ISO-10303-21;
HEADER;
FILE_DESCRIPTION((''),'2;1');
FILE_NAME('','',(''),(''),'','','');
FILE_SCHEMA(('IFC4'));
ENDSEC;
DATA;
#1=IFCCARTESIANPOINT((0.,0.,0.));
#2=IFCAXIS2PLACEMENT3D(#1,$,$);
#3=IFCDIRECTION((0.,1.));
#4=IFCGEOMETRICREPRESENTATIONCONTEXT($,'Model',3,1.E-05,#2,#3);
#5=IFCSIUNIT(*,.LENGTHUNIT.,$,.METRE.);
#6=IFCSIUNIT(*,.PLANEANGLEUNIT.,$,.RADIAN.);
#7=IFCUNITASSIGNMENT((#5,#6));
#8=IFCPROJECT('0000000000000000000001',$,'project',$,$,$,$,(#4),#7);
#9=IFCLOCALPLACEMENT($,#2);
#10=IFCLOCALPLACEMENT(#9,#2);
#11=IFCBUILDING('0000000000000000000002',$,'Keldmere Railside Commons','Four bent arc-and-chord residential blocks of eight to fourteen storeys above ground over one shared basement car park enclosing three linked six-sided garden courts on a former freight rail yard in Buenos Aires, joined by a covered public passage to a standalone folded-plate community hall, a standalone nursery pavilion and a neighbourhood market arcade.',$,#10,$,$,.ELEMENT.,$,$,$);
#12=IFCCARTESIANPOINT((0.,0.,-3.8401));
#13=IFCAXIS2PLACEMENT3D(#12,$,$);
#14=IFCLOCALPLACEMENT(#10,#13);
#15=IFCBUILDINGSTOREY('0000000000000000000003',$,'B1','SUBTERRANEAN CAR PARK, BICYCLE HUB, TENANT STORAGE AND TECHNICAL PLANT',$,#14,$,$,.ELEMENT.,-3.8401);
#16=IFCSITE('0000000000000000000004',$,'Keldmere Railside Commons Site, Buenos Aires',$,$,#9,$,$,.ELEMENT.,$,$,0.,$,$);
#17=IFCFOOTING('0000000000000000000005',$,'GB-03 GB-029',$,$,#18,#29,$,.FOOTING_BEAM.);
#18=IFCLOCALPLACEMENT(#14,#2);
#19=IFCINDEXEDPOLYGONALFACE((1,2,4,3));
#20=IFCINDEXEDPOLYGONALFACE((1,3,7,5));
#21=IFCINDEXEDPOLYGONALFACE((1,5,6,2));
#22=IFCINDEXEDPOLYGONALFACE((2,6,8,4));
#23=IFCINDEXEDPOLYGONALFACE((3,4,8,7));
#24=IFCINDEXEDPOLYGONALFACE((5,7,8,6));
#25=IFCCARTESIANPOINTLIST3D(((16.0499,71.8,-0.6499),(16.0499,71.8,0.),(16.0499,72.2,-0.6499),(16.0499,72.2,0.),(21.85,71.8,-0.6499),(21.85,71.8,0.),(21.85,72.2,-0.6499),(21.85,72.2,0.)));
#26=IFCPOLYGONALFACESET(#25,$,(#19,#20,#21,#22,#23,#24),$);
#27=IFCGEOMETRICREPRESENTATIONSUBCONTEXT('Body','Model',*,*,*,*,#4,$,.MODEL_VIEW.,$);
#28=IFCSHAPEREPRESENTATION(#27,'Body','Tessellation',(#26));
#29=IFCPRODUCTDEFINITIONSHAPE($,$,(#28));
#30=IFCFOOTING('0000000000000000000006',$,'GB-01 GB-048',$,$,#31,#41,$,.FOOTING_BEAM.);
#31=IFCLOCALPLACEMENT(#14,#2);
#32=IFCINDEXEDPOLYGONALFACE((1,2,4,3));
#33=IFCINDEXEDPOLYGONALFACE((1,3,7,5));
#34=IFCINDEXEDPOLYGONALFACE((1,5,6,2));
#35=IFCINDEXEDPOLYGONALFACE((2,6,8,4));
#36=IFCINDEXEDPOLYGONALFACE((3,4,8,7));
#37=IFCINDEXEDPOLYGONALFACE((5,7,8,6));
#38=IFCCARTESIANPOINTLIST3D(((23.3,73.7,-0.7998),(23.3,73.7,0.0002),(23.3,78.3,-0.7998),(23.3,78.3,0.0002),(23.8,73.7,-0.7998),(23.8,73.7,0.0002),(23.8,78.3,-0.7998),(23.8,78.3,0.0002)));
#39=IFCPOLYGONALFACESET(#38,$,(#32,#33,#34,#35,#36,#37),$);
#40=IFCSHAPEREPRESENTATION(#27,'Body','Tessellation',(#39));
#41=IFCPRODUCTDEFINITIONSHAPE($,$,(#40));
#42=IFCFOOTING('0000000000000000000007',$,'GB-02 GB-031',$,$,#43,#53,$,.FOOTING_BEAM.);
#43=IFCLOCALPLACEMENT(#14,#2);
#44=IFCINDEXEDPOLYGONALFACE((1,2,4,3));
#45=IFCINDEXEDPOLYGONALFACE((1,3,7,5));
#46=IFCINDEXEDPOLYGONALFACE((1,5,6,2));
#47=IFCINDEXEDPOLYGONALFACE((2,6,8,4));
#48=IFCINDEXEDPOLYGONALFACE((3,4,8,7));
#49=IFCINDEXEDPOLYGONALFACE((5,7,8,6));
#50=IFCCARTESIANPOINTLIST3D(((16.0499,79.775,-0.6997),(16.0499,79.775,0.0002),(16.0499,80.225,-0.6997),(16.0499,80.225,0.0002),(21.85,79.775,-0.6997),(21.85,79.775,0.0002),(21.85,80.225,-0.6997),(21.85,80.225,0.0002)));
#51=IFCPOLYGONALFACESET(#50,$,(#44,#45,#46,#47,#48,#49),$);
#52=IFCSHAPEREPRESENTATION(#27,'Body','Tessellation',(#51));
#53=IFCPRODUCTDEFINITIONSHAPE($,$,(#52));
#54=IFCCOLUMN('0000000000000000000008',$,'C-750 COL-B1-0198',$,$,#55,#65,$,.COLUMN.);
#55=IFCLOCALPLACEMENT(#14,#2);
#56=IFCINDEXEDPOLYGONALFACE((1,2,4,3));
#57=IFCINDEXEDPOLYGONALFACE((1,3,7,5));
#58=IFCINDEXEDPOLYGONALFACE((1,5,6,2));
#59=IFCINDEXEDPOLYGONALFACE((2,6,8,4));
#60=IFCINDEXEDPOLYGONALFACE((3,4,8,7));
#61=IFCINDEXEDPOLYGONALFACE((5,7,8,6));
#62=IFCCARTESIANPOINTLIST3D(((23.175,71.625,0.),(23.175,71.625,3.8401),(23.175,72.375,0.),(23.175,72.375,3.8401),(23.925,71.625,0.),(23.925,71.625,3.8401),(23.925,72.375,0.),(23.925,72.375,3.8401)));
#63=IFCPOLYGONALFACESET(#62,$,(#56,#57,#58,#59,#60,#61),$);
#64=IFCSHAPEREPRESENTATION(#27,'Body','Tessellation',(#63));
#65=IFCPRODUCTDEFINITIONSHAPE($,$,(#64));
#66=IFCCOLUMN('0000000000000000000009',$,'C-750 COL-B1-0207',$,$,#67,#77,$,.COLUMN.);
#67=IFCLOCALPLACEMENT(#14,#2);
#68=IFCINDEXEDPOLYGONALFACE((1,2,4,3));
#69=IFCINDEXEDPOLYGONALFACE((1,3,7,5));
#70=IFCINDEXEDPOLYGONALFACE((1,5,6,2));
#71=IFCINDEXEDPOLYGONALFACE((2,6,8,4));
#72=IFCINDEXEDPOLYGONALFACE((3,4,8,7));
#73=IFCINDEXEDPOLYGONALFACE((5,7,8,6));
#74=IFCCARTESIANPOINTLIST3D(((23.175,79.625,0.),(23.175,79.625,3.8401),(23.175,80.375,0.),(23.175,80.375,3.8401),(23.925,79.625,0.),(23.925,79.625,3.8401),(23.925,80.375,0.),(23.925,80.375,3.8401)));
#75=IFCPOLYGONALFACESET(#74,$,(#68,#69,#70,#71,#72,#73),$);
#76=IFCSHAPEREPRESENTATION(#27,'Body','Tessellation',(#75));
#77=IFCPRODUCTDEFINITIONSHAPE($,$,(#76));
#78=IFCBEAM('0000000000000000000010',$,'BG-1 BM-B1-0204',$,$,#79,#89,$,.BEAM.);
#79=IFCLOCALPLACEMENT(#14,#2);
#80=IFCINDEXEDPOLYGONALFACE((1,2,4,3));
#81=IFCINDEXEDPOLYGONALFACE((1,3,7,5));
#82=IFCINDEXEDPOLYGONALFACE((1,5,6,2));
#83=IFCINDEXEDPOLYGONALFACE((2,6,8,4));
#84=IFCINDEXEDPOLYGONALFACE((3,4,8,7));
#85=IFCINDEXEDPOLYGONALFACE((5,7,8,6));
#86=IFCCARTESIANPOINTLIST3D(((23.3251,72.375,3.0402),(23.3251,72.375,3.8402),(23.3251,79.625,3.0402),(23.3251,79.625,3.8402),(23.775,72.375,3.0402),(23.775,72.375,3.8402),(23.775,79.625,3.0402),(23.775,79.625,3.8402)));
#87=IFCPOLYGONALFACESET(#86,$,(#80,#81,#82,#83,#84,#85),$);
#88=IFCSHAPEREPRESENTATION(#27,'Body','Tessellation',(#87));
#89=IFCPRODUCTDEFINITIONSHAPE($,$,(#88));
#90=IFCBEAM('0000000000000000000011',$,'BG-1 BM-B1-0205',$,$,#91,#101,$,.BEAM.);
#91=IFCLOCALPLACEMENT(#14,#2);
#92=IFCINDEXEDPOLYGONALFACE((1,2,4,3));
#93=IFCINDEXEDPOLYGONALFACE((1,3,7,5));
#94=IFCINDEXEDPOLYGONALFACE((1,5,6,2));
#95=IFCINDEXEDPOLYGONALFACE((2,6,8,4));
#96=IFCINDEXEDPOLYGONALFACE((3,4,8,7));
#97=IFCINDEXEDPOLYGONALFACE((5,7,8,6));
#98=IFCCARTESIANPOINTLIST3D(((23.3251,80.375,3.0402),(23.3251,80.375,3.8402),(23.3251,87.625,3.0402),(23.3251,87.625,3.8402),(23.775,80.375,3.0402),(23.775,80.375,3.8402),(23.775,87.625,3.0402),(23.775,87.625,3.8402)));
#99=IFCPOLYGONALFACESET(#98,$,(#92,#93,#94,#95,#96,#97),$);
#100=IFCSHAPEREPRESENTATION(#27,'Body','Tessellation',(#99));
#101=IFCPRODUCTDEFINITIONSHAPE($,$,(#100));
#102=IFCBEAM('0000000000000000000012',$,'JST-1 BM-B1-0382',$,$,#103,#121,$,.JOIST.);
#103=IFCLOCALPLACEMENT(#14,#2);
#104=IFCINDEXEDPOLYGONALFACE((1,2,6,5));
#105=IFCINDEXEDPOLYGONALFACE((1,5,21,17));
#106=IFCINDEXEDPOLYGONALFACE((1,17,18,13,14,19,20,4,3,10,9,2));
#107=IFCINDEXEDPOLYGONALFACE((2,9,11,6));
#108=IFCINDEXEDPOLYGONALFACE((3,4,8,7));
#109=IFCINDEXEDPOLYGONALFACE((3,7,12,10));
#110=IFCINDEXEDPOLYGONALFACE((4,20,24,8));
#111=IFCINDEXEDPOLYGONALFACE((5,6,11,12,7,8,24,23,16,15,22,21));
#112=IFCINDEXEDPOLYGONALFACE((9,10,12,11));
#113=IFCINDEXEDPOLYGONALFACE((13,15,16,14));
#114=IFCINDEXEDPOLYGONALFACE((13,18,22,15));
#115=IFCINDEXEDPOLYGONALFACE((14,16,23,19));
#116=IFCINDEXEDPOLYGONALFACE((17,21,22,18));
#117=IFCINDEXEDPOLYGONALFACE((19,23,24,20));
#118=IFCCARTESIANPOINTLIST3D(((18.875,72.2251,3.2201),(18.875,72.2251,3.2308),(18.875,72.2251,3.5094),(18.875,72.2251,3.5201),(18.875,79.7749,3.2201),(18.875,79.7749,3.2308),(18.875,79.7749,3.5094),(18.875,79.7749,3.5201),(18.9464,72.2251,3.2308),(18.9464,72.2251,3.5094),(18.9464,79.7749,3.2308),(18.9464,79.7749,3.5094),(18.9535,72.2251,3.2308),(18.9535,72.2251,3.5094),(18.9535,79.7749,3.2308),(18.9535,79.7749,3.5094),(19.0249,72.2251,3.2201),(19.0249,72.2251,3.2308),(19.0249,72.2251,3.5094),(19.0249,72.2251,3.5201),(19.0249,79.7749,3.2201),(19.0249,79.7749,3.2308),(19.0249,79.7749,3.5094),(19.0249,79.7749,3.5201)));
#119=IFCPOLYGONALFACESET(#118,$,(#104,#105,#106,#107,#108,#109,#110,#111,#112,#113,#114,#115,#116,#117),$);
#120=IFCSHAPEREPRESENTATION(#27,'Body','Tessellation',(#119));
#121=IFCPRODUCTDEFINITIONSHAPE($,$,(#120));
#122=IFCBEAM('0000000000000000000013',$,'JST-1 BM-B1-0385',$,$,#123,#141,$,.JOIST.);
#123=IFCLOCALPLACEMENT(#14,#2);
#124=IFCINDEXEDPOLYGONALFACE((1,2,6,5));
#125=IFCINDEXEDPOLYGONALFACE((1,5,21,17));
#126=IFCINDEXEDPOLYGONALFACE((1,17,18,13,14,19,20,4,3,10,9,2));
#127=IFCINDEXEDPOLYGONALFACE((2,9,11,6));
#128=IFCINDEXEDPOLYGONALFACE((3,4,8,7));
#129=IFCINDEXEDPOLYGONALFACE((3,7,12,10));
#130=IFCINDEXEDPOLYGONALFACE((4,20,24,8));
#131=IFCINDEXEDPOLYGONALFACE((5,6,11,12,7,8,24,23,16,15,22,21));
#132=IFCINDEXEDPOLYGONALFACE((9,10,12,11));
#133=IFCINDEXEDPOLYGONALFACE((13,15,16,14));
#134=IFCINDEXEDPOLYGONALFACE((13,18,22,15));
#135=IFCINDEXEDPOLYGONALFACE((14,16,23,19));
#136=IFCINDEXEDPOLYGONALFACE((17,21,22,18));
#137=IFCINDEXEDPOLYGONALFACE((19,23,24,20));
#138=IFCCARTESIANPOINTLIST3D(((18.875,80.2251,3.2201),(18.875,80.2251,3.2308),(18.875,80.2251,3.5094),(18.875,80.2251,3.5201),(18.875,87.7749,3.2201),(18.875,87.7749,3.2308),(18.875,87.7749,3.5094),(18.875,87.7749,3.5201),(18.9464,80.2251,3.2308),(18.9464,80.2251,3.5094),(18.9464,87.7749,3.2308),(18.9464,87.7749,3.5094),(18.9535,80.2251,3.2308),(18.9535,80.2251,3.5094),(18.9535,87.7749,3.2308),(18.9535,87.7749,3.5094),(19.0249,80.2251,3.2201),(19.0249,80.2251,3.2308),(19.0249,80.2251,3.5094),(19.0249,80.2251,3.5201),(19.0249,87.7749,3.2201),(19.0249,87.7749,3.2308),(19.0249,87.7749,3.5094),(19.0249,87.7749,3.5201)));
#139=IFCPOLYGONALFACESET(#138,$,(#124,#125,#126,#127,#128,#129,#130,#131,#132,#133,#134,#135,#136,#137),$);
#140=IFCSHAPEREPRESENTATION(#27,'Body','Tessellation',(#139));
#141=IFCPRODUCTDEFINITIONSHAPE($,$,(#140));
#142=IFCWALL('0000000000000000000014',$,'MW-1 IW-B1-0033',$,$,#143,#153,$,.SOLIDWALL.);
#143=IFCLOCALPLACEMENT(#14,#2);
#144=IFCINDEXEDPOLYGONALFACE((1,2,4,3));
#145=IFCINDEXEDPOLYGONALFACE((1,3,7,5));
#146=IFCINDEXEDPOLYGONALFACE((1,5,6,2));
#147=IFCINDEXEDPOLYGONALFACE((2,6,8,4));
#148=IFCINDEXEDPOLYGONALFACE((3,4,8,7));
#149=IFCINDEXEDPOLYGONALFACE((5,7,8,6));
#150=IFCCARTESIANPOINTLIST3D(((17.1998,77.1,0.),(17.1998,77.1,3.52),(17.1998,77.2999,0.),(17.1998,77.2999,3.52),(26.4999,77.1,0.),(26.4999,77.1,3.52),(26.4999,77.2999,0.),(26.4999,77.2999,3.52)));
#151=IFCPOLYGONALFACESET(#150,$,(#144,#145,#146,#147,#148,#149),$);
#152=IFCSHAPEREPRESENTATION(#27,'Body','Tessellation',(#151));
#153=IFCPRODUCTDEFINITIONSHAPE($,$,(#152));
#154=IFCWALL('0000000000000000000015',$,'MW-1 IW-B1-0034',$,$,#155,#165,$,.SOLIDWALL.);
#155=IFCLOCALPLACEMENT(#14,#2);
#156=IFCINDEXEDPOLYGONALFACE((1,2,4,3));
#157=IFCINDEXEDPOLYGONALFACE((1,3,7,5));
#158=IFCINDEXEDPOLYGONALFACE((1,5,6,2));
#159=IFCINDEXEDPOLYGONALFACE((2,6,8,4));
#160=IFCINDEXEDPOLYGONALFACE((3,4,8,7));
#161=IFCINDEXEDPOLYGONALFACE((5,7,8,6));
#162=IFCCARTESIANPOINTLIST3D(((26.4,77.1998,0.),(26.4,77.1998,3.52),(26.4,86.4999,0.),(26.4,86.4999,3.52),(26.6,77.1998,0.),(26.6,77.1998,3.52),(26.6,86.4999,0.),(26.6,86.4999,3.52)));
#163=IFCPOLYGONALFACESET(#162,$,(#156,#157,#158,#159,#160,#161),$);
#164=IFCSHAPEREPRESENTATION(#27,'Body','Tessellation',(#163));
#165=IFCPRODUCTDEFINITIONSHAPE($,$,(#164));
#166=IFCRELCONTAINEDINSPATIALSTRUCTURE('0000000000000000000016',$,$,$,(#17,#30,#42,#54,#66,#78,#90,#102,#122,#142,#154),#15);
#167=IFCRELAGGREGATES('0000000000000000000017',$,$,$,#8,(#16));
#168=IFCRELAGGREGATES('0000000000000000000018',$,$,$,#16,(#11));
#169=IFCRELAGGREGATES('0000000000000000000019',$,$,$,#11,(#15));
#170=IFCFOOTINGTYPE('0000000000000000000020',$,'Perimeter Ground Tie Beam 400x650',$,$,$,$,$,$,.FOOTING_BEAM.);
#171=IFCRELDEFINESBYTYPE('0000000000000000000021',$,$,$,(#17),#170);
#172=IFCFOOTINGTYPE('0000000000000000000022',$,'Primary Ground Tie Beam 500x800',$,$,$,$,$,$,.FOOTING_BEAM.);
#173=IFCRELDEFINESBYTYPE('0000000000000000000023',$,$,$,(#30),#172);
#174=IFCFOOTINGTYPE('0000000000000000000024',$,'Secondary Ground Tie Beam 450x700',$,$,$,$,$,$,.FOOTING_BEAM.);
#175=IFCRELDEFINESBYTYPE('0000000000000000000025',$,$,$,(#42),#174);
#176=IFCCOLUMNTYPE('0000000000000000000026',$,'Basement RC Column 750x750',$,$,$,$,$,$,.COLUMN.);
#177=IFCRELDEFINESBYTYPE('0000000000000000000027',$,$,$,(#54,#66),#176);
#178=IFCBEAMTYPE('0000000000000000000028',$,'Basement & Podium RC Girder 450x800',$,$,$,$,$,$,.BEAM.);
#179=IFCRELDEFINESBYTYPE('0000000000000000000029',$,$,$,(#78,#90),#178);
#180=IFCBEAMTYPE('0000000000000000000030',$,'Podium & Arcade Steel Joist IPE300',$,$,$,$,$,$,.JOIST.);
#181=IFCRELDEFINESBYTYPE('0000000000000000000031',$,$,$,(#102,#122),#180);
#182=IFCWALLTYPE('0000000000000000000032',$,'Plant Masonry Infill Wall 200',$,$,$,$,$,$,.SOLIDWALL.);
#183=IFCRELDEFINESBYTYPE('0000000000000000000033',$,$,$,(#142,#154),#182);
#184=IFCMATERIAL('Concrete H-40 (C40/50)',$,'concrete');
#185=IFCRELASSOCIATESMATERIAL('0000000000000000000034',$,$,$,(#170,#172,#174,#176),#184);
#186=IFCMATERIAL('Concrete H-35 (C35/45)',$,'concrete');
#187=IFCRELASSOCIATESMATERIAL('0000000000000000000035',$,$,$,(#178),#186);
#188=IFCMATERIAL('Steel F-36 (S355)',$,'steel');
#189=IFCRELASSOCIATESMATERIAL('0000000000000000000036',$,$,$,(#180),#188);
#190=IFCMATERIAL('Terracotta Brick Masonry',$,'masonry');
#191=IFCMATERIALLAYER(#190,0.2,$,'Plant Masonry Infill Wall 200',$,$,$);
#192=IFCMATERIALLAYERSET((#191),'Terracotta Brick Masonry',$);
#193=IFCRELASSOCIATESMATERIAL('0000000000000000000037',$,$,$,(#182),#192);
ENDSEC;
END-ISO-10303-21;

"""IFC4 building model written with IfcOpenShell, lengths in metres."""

from ifc_helpers import new_model, si_unit, direction, frame, frame_2d, origin, origin_2d, place, context, subcontext, project, spatial, rectangle, i_section, extrude, material, layer, layer_set, material_profile, profile_set, type_object, element, save


model = new_model("IFC4")

# Units and contexts
model_context = context("Model", 3, precision=1e-05, world=origin(), true_north=direction((0.0, 1.0)))
body_context = subcontext(model_context, "Body", "Model", "MODEL_VIEW")
ifc_project = project(units=[si_unit("LENGTHUNIT", "METRE"), si_unit("PLANEANGLEUNIT", "RADIAN")], contexts=[model_context])

# Site, building, storey
site_placement = place(None, origin())
site = spatial("IfcSite", under=ifc_project, at=site_placement, Name="Keldmere Railside Commons Site, Buenos Aires", CompositionType="ELEMENT", RefElevation=0.0)
building_placement = place(site_placement, origin())
building = spatial("IfcBuilding", under=site, at=building_placement, Name="Keldmere Railside Commons", Description="Four bent arc-and-chord residential blocks of eight to fourteen storeys above ground over one shared basement car park enclosing three linked six-sided garden courts on a former freight rail yard in Buenos Aires, joined by a covered public passage to a standalone folded-plate community hall, a standalone nursery pavilion and a neighbourhood market arcade.", CompositionType="ELEMENT")
storey_placement = place(building_placement, frame((0.0, 0.0, -3.8401)))
storey = spatial("IfcBuildingStorey", under=building, at=storey_placement, Name="B1", Description="SUBTERRANEAN CAR PARK, BICYCLE HUB, TENANT STORAGE AND TECHNICAL PLANT", CompositionType="ELEMENT", Elevation=-3.8401)

# Footings
ifc_material_1 = material(Name="Concrete H-40 (C40/50)", Category="concrete")
footing_type_1 = type_object("IfcFootingType", Name="Perimeter Ground Tie Beam 400x650", PredefinedType="FOOTING_BEAM", material=ifc_material_1)
footing_1_placement = place(storey_placement, frame((18.95, 72.0, -0.6499), z_axis=(0.0, 0.0, 1.0), x_axis=(1.0, 0.0, 0.0)))
element("IfcFooting", 1, at=footing_1_placement, inside=storey, type_object=footing_type_1, Name="GB-03 GB-029", PredefinedType="FOOTING_BEAM", context=body_context, shape_type="SweptSolid", body=[
    extrude(rectangle(XDim=5.8, YDim=0.3999, at=origin_2d()), origin(), (0.0, 0.0, 1.0), 0.6499),
])
footing_type_2 = type_object("IfcFootingType", Name="Primary Ground Tie Beam 500x800", PredefinedType="FOOTING_BEAM", material=ifc_material_1)
footing_2_placement = place(storey_placement, frame((23.55, 76.0, -0.7998), z_axis=(0.0, 0.0, 1.0), x_axis=(0.0, 1.0, 0.0)))
element("IfcFooting", 2, at=footing_2_placement, inside=storey, type_object=footing_type_2, Name="GB-01 GB-048", PredefinedType="FOOTING_BEAM", context=body_context, shape_type="SweptSolid", body=[
    extrude(rectangle(XDim=4.6001, YDim=0.5, at=origin_2d()), origin(), (0.0, 0.0, 1.0), 0.8),
])
footing_type_3 = type_object("IfcFootingType", Name="Secondary Ground Tie Beam 450x700", PredefinedType="FOOTING_BEAM", material=ifc_material_1)
footing_3_placement = place(storey_placement, frame((18.95, 80.0, -0.6997), z_axis=(0.0, 0.0, 1.0), x_axis=(1.0, 0.0, 0.0)))
element("IfcFooting", 3, at=footing_3_placement, inside=storey, type_object=footing_type_3, Name="GB-02 GB-031", PredefinedType="FOOTING_BEAM", context=body_context, shape_type="SweptSolid", body=[
    extrude(rectangle(XDim=5.8, YDim=0.45, at=origin_2d()), origin(), (0.0, 0.0, 1.0), 0.7),
])

# Columns
ifc_material_profile_1 = material_profile(ifc_material_1, rectangle(XDim=0.75, YDim=0.75, at=origin_2d()), Name="RC-750x750")
ifc_profile_set_1 = profile_set([ifc_material_profile_1], Name="Concrete H-40 (C40/50)")
column_type = type_object("IfcColumnType", Name="Basement RC Column 750x750", PredefinedType="COLUMN", material=ifc_profile_set_1)
for number, where, z_axis, x_axis, name in (
    (4, (23.55, 72.0, 0.0), (0.0, 0.0, 1.0), (1.0, 0.0, 0.0), "C-750 COL-B1-0198"),
    (5, (23.55, 80.0, 0.0), (0.0, 0.0, 1.0), (1.0, 0.0, 0.0), "C-750 COL-B1-0207"),
):
    element("IfcColumn", number, at=place(storey_placement, frame(where, z_axis=z_axis, x_axis=x_axis)), inside=storey, type_object=column_type, Name=name, PredefinedType="COLUMN", context=body_context, shape_type="SweptSolid", body=[
        extrude(rectangle(XDim=0.75, YDim=0.75, at=origin_2d()), origin(), (0.0, 0.0, 1.0), 3.8401),
    ])

# Beams
ifc_material_2 = material(Name="Concrete H-35 (C35/45)", Category="concrete")
ifc_material_profile_2 = material_profile(ifc_material_2, rectangle(XDim=0.45, YDim=0.8, at=origin_2d()), Name="RC-450x800")
ifc_profile_set_2 = profile_set([ifc_material_profile_2], Name="Concrete H-35 (C35/45)")
beam_type_1 = type_object("IfcBeamType", Name="Basement & Podium RC Girder 450x800", PredefinedType="BEAM", material=ifc_profile_set_2)
for number, where, z_axis, x_axis, name in (
    (6, (23.55, 72.375, 3.4402), (0.0, 1.0, 0.0), (-1.0, 0.0, 0.0), "BG-1 BM-B1-0204"),
    (7, (23.55, 80.375, 3.4402), (0.0, 1.0, 0.0), (-1.0, 0.0, 0.0), "BG-1 BM-B1-0205"),
):
    element("IfcBeam", number, at=place(storey_placement, frame(where, z_axis=z_axis, x_axis=x_axis)), inside=storey, type_object=beam_type_1, Name=name, PredefinedType="BEAM", context=body_context, shape_type="SweptSolid", body=[
        extrude(rectangle(XDim=0.45, YDim=0.8, at=origin_2d()), origin(), (0.0, 0.0, 1.0), 7.25),
    ])
ifc_material_3 = material(Name="Steel F-36 (S355)", Category="steel")
ifc_material_profile_3 = material_profile(ifc_material_3, i_section(OverallWidth=0.1499, OverallDepth=0.3, WebThickness=0.0071, FlangeThickness=0.0107, at=origin_2d()), Name="IPE-300")
ifc_profile_set_3 = profile_set([ifc_material_profile_3], Name="Steel F-36 (S355)")
beam_type_2 = type_object("IfcBeamType", Name="Podium & Arcade Steel Joist IPE300", PredefinedType="JOIST", material=ifc_profile_set_3)
for number, where, z_axis, x_axis, name in (
    (8, (18.95, 72.2251, 3.3701), (0.0, 1.0, 0.0), (-1.0, 0.0, 0.0), "JST-1 BM-B1-0382"),
    (9, (18.95, 80.2251, 3.3701), (0.0, 1.0, 0.0), (-1.0, 0.0, 0.0), "JST-1 BM-B1-0385"),
):
    element("IfcBeam", number, at=place(storey_placement, frame(where, z_axis=z_axis, x_axis=x_axis)), inside=storey, type_object=beam_type_2, Name=name, PredefinedType="JOIST", context=body_context, shape_type="SweptSolid", body=[
        extrude(i_section(OverallWidth=0.1499, OverallDepth=0.3, WebThickness=0.0071, FlangeThickness=0.0107, at=origin_2d()), origin(), (0.0, 0.0, 1.0), 7.5498),
    ])

# Walls
ifc_material_4 = material(Name="Terracotta Brick Masonry", Category="masonry")
ifc_layer = layer(ifc_material_4, 0.2, Name="Plant Masonry Infill Wall 200")
ifc_layer_set = layer_set([ifc_layer], Name="Terracotta Brick Masonry")
wall_type = type_object("IfcWallType", Name="Plant Masonry Infill Wall 200", PredefinedType="SOLIDWALL", material=ifc_layer_set)
for number, where, z_axis, x_axis, name in (
    (10, (17.2, 77.2, 0.0), (0.0, 0.0, 1.0), (1.0, 0.0, 0.0), "MW-1 IW-B1-0033"),
    (11, (26.5, 77.2, 0.0), (0.0, 0.0, 1.0), (0.0, 1.0, 0.0), "MW-1 IW-B1-0034"),
):
    element("IfcWall", number, at=place(storey_placement, frame(where, z_axis=z_axis, x_axis=x_axis)), inside=storey, type_object=wall_type, Name=name, PredefinedType="SOLIDWALL", context=body_context, shape_type="SweptSolid", body=[
        extrude(rectangle(XDim=9.3, YDim=0.2, at=frame_2d((4.6499, 0.0))), origin(), (0.0, 0.0, 1.0), 3.52),
    ])

save(model, "model.ifc")
